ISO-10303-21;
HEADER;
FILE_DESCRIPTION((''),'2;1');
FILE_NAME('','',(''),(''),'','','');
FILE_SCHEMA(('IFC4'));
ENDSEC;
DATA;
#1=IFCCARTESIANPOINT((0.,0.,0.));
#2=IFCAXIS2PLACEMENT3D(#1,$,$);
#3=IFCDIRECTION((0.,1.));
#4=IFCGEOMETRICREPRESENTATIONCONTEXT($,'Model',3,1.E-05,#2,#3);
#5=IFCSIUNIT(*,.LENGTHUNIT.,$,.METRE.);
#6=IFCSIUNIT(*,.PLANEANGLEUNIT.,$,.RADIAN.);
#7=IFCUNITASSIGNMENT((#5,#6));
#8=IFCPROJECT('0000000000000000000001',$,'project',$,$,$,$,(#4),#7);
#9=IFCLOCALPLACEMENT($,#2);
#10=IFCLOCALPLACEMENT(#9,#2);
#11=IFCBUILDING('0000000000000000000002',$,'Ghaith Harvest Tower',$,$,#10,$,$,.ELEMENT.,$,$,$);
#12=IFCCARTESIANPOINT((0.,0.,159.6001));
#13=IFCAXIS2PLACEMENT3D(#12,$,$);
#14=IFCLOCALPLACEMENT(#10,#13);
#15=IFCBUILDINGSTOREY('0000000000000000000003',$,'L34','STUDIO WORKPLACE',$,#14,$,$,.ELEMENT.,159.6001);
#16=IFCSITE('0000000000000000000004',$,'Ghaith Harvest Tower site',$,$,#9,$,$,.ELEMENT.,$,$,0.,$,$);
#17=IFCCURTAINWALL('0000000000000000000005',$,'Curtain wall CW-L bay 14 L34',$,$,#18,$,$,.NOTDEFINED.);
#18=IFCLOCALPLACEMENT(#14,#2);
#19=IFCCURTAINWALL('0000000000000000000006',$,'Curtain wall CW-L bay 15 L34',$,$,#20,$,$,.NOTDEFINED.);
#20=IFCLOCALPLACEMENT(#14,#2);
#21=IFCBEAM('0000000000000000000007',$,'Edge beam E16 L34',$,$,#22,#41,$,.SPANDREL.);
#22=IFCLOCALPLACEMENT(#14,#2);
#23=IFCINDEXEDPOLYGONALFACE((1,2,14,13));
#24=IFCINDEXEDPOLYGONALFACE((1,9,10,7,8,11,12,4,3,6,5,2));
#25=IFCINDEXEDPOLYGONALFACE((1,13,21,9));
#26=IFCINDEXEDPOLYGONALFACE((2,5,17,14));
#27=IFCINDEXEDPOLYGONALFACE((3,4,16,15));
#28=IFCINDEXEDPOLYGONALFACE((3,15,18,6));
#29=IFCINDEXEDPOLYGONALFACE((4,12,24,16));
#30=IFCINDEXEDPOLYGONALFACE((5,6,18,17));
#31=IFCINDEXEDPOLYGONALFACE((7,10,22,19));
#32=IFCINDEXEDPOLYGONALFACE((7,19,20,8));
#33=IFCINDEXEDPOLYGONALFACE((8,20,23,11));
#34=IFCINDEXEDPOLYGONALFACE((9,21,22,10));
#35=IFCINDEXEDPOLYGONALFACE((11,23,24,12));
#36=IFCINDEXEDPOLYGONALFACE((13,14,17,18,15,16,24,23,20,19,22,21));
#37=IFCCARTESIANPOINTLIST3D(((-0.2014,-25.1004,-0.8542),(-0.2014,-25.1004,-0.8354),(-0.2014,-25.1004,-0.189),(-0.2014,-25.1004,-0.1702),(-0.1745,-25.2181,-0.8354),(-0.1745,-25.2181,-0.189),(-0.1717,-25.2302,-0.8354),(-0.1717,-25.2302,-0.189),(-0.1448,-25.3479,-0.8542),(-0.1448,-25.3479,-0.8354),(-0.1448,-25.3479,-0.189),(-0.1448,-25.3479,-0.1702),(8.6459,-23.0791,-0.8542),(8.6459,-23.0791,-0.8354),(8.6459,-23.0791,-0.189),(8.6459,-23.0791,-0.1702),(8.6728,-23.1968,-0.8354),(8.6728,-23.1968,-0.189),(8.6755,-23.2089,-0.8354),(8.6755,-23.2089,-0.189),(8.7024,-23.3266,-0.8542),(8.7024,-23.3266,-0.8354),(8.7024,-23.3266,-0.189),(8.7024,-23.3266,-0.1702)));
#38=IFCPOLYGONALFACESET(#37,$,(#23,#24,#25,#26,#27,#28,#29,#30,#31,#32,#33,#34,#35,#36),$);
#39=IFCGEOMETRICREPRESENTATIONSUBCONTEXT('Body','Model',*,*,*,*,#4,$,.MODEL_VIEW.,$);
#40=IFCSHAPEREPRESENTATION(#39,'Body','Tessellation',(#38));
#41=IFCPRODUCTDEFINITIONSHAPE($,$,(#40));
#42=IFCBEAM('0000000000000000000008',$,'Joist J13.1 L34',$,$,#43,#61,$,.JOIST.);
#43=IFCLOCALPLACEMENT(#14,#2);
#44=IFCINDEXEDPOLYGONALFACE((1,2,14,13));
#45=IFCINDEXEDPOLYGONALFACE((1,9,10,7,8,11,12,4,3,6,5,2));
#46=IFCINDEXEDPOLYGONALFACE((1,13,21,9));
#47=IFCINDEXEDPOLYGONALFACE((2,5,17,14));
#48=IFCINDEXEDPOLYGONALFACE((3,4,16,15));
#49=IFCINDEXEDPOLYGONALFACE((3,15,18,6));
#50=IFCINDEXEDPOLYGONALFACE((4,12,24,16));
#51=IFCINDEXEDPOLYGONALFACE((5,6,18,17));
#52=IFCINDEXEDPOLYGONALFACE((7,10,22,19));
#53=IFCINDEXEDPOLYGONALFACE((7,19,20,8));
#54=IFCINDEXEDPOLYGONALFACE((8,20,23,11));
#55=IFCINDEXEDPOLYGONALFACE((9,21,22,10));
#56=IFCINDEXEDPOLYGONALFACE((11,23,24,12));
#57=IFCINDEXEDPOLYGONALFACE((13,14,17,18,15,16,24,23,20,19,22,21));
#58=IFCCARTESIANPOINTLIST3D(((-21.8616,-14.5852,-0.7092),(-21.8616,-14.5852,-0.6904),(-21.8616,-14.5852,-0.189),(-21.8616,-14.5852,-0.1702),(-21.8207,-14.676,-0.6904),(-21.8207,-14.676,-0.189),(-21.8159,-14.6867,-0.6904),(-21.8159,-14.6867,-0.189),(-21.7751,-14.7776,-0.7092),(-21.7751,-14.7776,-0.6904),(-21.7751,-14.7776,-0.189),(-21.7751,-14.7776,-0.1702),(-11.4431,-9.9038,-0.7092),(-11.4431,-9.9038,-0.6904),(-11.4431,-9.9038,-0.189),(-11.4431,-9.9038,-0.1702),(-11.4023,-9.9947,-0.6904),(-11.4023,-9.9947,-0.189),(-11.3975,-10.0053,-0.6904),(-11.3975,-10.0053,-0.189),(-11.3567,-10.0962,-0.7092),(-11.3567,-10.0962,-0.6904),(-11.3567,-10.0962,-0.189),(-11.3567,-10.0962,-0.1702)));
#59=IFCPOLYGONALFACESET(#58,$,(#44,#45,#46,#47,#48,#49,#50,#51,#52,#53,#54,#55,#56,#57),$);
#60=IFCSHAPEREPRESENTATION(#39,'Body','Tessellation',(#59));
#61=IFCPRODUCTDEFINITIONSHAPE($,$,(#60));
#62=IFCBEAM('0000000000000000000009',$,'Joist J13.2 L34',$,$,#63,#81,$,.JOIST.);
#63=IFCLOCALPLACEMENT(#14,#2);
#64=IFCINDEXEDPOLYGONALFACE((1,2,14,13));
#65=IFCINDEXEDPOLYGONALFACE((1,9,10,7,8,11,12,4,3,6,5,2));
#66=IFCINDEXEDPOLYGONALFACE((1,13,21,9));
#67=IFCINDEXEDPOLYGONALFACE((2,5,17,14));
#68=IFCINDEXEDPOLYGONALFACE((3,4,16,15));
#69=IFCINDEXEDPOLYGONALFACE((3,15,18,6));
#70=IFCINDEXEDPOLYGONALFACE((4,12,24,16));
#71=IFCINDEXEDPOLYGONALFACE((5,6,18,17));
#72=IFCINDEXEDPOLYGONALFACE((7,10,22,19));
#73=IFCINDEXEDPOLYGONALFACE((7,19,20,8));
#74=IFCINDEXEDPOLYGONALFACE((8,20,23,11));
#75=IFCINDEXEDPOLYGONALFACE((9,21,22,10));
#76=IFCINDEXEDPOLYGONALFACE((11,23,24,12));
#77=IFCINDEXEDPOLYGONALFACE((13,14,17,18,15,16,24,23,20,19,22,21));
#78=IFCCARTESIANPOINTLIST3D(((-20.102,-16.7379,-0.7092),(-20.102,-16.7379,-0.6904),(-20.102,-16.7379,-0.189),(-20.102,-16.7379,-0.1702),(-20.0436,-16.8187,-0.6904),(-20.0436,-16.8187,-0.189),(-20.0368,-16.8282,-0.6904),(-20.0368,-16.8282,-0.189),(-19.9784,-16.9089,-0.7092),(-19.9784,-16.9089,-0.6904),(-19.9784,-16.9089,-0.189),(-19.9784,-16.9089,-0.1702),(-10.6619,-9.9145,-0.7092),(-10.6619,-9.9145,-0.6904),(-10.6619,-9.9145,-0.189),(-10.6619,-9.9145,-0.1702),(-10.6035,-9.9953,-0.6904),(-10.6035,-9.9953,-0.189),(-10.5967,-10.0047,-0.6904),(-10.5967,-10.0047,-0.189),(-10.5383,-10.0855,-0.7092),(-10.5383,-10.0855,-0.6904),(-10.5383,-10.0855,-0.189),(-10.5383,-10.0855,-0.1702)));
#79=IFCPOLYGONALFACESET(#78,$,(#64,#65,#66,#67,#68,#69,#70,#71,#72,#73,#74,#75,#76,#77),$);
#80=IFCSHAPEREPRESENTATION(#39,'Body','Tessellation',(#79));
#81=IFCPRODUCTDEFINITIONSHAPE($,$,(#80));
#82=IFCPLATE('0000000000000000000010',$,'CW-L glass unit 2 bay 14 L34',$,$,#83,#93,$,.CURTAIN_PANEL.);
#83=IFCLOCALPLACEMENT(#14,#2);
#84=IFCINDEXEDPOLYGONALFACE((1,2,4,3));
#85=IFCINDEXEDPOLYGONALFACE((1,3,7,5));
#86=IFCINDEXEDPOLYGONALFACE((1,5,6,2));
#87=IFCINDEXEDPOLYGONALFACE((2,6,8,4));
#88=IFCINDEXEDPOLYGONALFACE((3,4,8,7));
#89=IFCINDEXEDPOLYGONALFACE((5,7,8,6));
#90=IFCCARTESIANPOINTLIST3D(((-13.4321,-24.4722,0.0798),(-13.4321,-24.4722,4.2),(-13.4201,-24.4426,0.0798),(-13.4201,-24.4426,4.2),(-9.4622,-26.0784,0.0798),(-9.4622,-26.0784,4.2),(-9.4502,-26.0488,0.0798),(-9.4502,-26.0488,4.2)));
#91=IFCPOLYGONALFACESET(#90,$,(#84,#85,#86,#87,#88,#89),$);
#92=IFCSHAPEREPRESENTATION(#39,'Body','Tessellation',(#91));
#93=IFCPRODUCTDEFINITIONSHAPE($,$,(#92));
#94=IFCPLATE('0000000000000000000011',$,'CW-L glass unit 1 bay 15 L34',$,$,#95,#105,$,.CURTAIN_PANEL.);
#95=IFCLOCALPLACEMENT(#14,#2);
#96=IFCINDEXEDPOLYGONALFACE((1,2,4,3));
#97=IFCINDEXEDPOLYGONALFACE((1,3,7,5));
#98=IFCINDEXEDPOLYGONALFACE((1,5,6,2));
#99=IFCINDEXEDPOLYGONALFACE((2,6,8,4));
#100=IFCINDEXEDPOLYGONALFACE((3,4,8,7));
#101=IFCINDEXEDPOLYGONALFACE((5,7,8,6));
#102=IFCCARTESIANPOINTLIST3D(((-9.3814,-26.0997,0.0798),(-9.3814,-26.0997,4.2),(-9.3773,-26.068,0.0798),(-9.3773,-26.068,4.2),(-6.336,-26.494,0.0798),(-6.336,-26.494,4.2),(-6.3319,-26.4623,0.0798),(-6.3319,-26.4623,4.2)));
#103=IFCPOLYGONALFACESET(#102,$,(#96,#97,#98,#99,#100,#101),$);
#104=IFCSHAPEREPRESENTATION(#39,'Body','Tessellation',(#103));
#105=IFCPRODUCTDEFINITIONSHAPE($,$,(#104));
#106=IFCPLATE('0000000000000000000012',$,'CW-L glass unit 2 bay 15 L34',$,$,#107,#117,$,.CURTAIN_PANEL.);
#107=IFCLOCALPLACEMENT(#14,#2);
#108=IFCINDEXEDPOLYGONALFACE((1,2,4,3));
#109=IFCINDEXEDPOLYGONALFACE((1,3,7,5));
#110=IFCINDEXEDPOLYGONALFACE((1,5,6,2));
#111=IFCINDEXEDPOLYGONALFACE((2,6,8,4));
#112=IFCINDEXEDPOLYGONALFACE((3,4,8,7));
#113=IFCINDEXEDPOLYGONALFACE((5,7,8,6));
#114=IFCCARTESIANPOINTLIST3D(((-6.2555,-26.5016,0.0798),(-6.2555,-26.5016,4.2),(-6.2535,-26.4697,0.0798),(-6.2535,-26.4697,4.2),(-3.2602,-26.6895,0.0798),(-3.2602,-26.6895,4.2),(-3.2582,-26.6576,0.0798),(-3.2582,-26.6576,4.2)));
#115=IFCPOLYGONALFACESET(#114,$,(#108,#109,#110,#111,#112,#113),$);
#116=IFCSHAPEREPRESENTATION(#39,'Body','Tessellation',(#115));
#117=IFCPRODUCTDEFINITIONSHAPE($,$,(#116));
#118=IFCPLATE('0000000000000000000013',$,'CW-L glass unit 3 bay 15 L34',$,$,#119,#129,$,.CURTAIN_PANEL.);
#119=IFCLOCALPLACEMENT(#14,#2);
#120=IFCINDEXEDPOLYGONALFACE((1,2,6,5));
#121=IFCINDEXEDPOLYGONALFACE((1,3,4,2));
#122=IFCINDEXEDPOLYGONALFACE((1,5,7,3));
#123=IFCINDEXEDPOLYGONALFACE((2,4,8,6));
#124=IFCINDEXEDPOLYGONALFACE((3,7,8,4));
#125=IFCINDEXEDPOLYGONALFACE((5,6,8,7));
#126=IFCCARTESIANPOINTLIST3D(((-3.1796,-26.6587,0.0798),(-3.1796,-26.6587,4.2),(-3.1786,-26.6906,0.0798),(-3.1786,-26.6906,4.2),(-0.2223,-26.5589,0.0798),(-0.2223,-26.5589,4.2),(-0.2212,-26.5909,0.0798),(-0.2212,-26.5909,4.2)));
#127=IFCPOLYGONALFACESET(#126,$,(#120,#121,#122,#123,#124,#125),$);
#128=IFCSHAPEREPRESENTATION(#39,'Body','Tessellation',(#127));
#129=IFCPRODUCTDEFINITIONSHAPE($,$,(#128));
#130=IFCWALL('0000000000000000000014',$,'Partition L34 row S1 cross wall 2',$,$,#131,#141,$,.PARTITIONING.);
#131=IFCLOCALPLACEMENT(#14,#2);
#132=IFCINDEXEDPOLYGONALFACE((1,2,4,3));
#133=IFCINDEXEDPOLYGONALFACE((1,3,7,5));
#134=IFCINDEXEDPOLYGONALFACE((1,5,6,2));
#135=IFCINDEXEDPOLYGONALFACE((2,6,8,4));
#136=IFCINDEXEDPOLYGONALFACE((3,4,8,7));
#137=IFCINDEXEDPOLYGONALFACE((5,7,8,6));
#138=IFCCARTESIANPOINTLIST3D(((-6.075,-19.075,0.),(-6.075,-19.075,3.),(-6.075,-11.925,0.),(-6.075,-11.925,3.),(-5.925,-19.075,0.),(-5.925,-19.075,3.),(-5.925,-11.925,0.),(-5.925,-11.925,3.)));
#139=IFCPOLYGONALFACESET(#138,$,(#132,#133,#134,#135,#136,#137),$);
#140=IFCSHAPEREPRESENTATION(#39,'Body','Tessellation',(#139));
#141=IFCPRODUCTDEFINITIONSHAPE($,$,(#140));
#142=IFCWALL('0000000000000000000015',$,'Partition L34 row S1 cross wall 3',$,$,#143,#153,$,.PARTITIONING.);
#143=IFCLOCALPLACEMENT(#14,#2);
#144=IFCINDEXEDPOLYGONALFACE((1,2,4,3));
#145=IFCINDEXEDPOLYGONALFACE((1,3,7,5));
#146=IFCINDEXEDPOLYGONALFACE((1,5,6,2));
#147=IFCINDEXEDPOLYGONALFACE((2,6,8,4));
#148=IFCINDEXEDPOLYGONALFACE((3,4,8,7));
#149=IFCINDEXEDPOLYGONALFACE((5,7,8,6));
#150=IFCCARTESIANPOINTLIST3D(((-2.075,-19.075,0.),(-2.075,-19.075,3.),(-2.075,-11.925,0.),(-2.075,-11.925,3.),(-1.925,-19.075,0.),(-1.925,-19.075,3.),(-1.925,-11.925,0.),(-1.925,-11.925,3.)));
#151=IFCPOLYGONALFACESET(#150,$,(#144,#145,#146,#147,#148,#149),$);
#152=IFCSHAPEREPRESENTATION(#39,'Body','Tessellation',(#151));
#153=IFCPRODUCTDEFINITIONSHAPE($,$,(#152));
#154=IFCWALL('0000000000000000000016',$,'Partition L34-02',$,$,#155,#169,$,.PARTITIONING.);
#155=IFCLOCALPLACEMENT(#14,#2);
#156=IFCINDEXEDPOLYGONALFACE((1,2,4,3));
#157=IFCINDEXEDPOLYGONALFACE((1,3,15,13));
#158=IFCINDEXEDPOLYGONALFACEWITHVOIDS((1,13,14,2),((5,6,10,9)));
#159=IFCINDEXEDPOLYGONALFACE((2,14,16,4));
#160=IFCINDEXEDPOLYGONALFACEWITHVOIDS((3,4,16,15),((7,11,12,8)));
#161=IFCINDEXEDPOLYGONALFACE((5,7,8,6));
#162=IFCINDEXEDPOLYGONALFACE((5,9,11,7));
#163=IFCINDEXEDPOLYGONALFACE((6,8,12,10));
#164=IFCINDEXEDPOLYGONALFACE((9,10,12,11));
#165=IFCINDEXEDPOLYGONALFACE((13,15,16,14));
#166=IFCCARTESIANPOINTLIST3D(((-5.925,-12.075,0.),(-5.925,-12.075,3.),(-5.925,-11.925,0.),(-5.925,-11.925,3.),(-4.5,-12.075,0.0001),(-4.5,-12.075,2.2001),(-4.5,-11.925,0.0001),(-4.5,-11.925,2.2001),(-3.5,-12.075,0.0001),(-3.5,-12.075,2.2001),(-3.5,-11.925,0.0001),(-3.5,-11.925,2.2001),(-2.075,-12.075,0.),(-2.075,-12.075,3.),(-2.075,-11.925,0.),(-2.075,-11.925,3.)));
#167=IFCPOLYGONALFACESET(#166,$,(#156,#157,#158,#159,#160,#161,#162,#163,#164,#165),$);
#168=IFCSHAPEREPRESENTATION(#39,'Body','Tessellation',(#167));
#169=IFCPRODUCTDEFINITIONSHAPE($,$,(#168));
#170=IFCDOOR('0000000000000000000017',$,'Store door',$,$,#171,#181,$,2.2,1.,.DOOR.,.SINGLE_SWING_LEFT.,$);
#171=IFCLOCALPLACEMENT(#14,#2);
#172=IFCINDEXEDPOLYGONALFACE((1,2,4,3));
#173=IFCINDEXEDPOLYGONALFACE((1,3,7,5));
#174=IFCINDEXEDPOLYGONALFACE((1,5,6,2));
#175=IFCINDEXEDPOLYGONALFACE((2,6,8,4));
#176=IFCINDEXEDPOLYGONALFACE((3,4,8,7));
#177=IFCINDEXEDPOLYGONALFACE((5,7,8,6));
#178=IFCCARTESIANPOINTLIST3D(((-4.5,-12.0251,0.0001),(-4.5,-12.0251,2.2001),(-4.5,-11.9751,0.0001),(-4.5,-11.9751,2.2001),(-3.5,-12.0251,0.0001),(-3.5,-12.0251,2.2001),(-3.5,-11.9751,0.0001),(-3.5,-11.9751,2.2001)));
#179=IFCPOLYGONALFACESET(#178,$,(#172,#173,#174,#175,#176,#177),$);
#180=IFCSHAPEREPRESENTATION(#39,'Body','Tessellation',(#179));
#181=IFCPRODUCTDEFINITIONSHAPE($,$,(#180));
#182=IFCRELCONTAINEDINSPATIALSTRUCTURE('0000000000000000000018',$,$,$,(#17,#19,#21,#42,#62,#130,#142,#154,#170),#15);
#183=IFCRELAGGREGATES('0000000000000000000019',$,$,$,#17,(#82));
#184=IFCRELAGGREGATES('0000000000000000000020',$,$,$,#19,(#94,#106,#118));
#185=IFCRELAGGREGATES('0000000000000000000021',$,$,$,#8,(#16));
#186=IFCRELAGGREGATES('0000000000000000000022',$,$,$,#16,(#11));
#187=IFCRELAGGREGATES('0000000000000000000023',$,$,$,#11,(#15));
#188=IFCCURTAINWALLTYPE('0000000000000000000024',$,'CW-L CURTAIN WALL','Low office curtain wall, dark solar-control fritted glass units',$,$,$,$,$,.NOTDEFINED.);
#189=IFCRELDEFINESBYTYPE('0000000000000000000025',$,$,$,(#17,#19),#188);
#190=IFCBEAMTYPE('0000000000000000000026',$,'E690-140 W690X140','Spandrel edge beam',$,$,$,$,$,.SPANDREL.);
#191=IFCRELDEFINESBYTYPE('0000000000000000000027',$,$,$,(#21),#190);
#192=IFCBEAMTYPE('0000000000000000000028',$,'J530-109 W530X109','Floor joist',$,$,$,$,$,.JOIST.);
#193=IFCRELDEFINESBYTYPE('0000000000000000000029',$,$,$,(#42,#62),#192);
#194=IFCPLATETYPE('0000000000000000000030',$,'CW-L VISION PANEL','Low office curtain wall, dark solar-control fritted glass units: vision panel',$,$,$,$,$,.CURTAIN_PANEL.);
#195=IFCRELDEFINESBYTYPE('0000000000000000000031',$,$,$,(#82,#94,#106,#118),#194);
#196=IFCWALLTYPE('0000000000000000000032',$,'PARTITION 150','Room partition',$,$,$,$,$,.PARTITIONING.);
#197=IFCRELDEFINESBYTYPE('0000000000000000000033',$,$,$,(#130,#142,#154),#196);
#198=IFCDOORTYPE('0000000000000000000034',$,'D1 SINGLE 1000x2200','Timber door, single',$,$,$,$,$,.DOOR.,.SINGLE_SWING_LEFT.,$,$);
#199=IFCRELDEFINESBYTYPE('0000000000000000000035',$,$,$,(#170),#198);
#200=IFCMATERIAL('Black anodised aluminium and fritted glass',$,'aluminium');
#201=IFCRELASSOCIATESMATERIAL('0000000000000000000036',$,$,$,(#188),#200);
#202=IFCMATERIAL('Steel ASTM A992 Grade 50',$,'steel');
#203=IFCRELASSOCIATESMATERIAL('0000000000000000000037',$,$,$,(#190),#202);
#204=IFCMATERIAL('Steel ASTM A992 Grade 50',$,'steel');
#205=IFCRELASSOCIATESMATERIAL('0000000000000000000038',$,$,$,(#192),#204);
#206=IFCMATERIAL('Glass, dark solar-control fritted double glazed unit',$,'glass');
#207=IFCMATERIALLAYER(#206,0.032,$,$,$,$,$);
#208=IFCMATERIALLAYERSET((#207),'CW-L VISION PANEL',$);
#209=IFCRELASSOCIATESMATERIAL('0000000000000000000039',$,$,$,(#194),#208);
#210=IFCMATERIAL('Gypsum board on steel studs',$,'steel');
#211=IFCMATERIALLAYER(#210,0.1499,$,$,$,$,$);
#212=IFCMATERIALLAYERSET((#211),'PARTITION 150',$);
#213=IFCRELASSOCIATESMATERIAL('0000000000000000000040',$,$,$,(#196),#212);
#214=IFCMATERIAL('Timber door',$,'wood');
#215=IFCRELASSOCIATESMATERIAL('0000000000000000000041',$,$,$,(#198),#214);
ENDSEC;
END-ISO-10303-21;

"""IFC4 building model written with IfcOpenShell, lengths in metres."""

from ifc_helpers import new_model, si_unit, direction, frame, frame_2d, origin, origin_2d, place, context, subcontext, project, spatial, rectangle, i_section, extrude, material, layer, layer_set, material_profile, profile_set, type_object, element, fill, aggregate, save


model = new_model("IFC4")

# Units and contexts
model_context = context("Model", 3, precision=1e-05, world=origin(), true_north=direction((0.0, 1.0)))
body_context = subcontext(model_context, "Body", "Model", "MODEL_VIEW")
ifc_project = project(units=[si_unit("LENGTHUNIT", "METRE"), si_unit("PLANEANGLEUNIT", "RADIAN")], contexts=[model_context])

# Site, building, storey
site_placement = place(None, origin())
site = spatial("IfcSite", under=ifc_project, at=site_placement, Name="Ghaith Harvest Tower site", CompositionType="ELEMENT", RefElevation=0.0)
building_placement = place(site_placement, origin())
building = spatial("IfcBuilding", under=site, at=building_placement, Name="Ghaith Harvest Tower", CompositionType="ELEMENT")
storey_placement = place(building_placement, frame((0.0, 0.0, 159.6001)))
storey = spatial("IfcBuildingStorey", under=building, at=storey_placement, Name="L34", Description="STUDIO WORKPLACE", CompositionType="ELEMENT", Elevation=159.6001)

# Curtain wall
ifc_material_1 = material(Name="Black anodised aluminium and fritted glass", Category="aluminium")
curtain_wall_type = type_object("IfcCurtainWallType", Name="CW-L CURTAIN WALL", Description="Low office curtain wall, dark solar-control fritted glass units", PredefinedType="NOTDEFINED", material=ifc_material_1)
curtain_wall_1_placement = place(storey_placement, origin())
curtain_wall_1 = element("IfcCurtainWall", 1, at=curtain_wall_1_placement, inside=storey, type_object=curtain_wall_type, Name="Curtain wall CW-L bay 14 L34", PredefinedType="NOTDEFINED")

# Curtain wall
curtain_wall_2_placement = place(storey_placement, origin())
curtain_wall_2 = element("IfcCurtainWall", 2, at=curtain_wall_2_placement, inside=storey, type_object=curtain_wall_type, Name="Curtain wall CW-L bay 15 L34", PredefinedType="NOTDEFINED")

# Beams
ifc_material_2 = material(Name="Steel ASTM A992 Grade 50", Category="steel")
ifc_material_profile_1 = material_profile(ifc_material_2, i_section(OverallWidth=0.2539, OverallDepth=0.6841, WebThickness=0.0125, FlangeThickness=0.0188, at=origin_2d()), Name="W690X140")
ifc_profile_set_1 = profile_set([ifc_material_profile_1], Name="Steel ASTM A992 Grade 50")
beam_type_1 = type_object("IfcBeamType", Name="E690-140 W690X140", Description="Spandrel edge beam", PredefinedType="SPANDREL", material=ifc_profile_set_1)
beam_1_placement = place(storey_placement, frame((-0.1731, -25.2241, -0.5122), z_axis=(0.974882, 0.222723, 0.0), x_axis=(-0.222723, 0.974882, 0.0)))
element("IfcBeam", 3, at=beam_1_placement, inside=storey, type_object=beam_type_1, Name="Edge beam E16 L34", PredefinedType="SPANDREL", context=body_context, shape_type="SweptSolid", body=[
    extrude(i_section(OverallWidth=0.2539, OverallDepth=0.6841, WebThickness=0.0125, FlangeThickness=0.0188, at=origin_2d()), origin(), (0.0, 0.0, 1.0), 9.0752),
])
ifc_material_3 = material(Name="Steel ASTM A992 Grade 50", Category="steel")
ifc_material_profile_2 = material_profile(ifc_material_3, i_section(OverallWidth=0.2109, OverallDepth=0.5391, WebThickness=0.0117, FlangeThickness=0.0188, at=origin_2d()), Name="W530X109")
ifc_profile_set_2 = profile_set([ifc_material_profile_2], Name="Steel ASTM A992 Grade 50")
beam_type_2 = type_object("IfcBeamType", Name="J530-109 W530X109", Description="Floor joist", PredefinedType="JOIST", material=ifc_profile_set_2)
beam_2_placement = place(storey_placement, frame((-11.3999, -10.0, -0.4397), z_axis=(-0.912148, -0.409862, 0.0), x_axis=(0.409862, -0.912148, 0.0)))
element("IfcBeam", 4, at=beam_2_placement, inside=storey, type_object=beam_type_2, Name="Joist J13.1 L34", PredefinedType="JOIST", context=body_context, shape_type="SweptSolid", body=[
    extrude(i_section(OverallWidth=0.2109, OverallDepth=0.5391, WebThickness=0.0117, FlangeThickness=0.0188, at=origin_2d()), origin(), (0.0, 0.0, 1.0), 11.4219),
])
beam_3_placement = place(storey_placement, frame((-10.6001, -10.0, -0.4397), z_axis=(-0.810452, -0.585805, 0.0), x_axis=(0.585805, -0.810452, 0.0)))
element("IfcBeam", 5, at=beam_3_placement, inside=storey, type_object=beam_type_2, Name="Joist J13.2 L34", PredefinedType="JOIST", context=body_context, shape_type="SweptSolid", body=[
    extrude(i_section(OverallWidth=0.2109, OverallDepth=0.5391, WebThickness=0.0117, FlangeThickness=0.0188, at=origin_2d()), origin(), (0.0, 0.0, 1.0), 11.6479),
])

# Plates
ifc_material_4 = material(Name="Glass, dark solar-control fritted double glazed unit", Category="glass")
ifc_layer_1 = layer(ifc_material_4, 0.032)
ifc_layer_set_1 = layer_set([ifc_layer_1], Name="CW-L VISION PANEL")
plate_type = type_object("IfcPlateType", Name="CW-L VISION PANEL", Description="Low office curtain wall, dark solar-control fritted glass units: vision panel", PredefinedType="CURTAIN_PANEL", material=ifc_layer_set_1)
plate_1_placement = place(storey_placement, frame((-11.4412, -25.2605, 0.0798), z_axis=(0.0, 0.0, 1.0), x_axis=(0.927003, -0.375055, 0.0)))
plate_1 = element("IfcPlate", 6, at=plate_1_placement, type_object=plate_type, Name="CW-L glass unit 2 bay 14 L34", PredefinedType="CURTAIN_PANEL", context=body_context, shape_type="SweptSolid", body=[
    extrude(rectangle(XDim=4.2825, YDim=0.032, at=origin_2d()), origin(), (0.0, 0.0, 1.0), 4.1201),
])
aggregate(curtain_wall_1, [plate_1])
plate_2_placement = place(storey_placement, frame((-7.8567, -26.281, 0.0798), z_axis=(0.0, 0.0, 1.0), x_axis=(0.991723, -0.128392, 0.0)))
plate_2 = element("IfcPlate", 7, at=plate_2_placement, type_object=plate_type, Name="CW-L glass unit 1 bay 15 L34", PredefinedType="CURTAIN_PANEL", context=body_context, shape_type="SweptSolid", body=[
    extrude(rectangle(XDim=3.0708, YDim=0.032, at=origin_2d()), origin(), (0.0, 0.0, 1.0), 4.1201),
])
plate_3_placement = place(storey_placement, frame((-4.7568, -26.5796, 0.0798), z_axis=(0.0, 0.0, 1.0), x_axis=(0.998038, -0.062607, 0.0)))
plate_3 = element("IfcPlate", 8, at=plate_3_placement, type_object=plate_type, Name="CW-L glass unit 2 bay 15 L34", PredefinedType="CURTAIN_PANEL", context=body_context, shape_type="SweptSolid", body=[
    extrude(rectangle(XDim=3.0012, YDim=0.032, at=origin_2d()), origin(), (0.0, 0.0, 1.0), 4.1201),
])
plate_4_placement = place(storey_placement, frame((-1.7004, -26.6248, 0.0798), z_axis=(0.0, 0.0, 1.0), x_axis=(0.999432, 0.033714, 0.0)))
plate_4 = element("IfcPlate", 9, at=plate_4_placement, type_object=plate_type, Name="CW-L glass unit 3 bay 15 L34", PredefinedType="CURTAIN_PANEL", context=body_context, shape_type="SweptSolid", body=[
    extrude(rectangle(XDim=2.959, YDim=0.032, at=origin_2d()), origin(), (0.0, 0.0, 1.0), 4.1201),
])
aggregate(curtain_wall_2, [plate_2, plate_3, plate_4])

# Walls
ifc_material_5 = material(Name="Gypsum board on steel studs", Category="steel")
ifc_layer_2 = layer(ifc_material_5, 0.1499)
ifc_layer_set_2 = layer_set([ifc_layer_2], Name="PARTITION 150")
wall_type = type_object("IfcWallType", Name="PARTITION 150", Description="Room partition", PredefinedType="PARTITIONING", material=ifc_layer_set_2)
for number, where, z_axis, x_axis, name in (
    (10, (-6.0, -11.925, 0.0), (0.0, 0.0, 1.0), (0.0, -1.0, 0.0), "Partition L34 row S1 cross wall 2"),
    (11, (-2.0, -11.925, 0.0), (0.0, 0.0, 1.0), (0.0, -1.0, 0.0), "Partition L34 row S1 cross wall 3"),
):
    element("IfcWall", number, at=place(storey_placement, frame(where, z_axis=z_axis, x_axis=x_axis)), inside=storey, type_object=wall_type, Name=name, PredefinedType="PARTITIONING", context=body_context, shape_type="SweptSolid", body=[
        extrude(rectangle(XDim=7.1499, YDim=0.1499, at=frame_2d((3.575, 0.0))), origin(), (0.0, 0.0, 1.0), 3.0),
    ])

# Wall, opening, door
wall_1_placement = place(storey_placement, frame((-5.925, -12.0, 0.0), z_axis=(0.0, 0.0, 1.0), x_axis=(1.0, 0.0, 0.0)))
wall_1 = element("IfcWall", 12, at=wall_1_placement, inside=storey, type_object=wall_type, Name="Partition L34-02", PredefinedType="PARTITIONING", context=body_context, shape_type="SweptSolid", body=[
    extrude(rectangle(XDim=3.8501, YDim=0.1499, at=frame_2d((1.925, 0.0))), origin(), (0.0, 0.0, 1.0), 3.0),
])
opening_placement = place(wall_1_placement, frame((1.425, 0.0, 0.0)))
opening = element("IfcOpeningElement", 13, at=opening_placement, cuts=wall_1, PredefinedType="OPENING", context=body_context, shape_type="SweptSolid", body=[
    extrude(rectangle(XDim=1.0, YDim=2.2, at=frame_2d((0.5, 1.1001))), frame((0.0, 0.085, 0.0), z_axis=(0.0, -1.0, 0.0), x_axis=(1.0, 0.0, 0.0)), (0.0, 0.0, 1.0), 0.1699),
])
ifc_material_6 = material(Name="Timber door", Category="wood")
door_type = type_object("IfcDoorType", Name="D1 SINGLE 1000x2200", Description="Timber door, single", OperationType="SINGLE_SWING_LEFT", PredefinedType="DOOR", material=ifc_material_6)
door_placement = place(opening_placement, origin())
door = element("IfcDoor", 14, at=door_placement, inside=storey, type_object=door_type, Name="Store door", OperationType="SINGLE_SWING_LEFT", OverallHeight=2.2, OverallWidth=1.0, PredefinedType="DOOR", context=body_context, shape_type="SweptSolid", body=[
    extrude(rectangle(XDim=1.0, YDim=2.2, at=frame_2d((0.5, 1.1001))), frame((0.0, 0.0249, 0.0), z_axis=(0.0, -1.0, 0.0), x_axis=(1.0, 0.0, 0.0)), (0.0, 0.0, 1.0), 0.05),
])
fill(opening, door)

save(model, "model.ifc")
